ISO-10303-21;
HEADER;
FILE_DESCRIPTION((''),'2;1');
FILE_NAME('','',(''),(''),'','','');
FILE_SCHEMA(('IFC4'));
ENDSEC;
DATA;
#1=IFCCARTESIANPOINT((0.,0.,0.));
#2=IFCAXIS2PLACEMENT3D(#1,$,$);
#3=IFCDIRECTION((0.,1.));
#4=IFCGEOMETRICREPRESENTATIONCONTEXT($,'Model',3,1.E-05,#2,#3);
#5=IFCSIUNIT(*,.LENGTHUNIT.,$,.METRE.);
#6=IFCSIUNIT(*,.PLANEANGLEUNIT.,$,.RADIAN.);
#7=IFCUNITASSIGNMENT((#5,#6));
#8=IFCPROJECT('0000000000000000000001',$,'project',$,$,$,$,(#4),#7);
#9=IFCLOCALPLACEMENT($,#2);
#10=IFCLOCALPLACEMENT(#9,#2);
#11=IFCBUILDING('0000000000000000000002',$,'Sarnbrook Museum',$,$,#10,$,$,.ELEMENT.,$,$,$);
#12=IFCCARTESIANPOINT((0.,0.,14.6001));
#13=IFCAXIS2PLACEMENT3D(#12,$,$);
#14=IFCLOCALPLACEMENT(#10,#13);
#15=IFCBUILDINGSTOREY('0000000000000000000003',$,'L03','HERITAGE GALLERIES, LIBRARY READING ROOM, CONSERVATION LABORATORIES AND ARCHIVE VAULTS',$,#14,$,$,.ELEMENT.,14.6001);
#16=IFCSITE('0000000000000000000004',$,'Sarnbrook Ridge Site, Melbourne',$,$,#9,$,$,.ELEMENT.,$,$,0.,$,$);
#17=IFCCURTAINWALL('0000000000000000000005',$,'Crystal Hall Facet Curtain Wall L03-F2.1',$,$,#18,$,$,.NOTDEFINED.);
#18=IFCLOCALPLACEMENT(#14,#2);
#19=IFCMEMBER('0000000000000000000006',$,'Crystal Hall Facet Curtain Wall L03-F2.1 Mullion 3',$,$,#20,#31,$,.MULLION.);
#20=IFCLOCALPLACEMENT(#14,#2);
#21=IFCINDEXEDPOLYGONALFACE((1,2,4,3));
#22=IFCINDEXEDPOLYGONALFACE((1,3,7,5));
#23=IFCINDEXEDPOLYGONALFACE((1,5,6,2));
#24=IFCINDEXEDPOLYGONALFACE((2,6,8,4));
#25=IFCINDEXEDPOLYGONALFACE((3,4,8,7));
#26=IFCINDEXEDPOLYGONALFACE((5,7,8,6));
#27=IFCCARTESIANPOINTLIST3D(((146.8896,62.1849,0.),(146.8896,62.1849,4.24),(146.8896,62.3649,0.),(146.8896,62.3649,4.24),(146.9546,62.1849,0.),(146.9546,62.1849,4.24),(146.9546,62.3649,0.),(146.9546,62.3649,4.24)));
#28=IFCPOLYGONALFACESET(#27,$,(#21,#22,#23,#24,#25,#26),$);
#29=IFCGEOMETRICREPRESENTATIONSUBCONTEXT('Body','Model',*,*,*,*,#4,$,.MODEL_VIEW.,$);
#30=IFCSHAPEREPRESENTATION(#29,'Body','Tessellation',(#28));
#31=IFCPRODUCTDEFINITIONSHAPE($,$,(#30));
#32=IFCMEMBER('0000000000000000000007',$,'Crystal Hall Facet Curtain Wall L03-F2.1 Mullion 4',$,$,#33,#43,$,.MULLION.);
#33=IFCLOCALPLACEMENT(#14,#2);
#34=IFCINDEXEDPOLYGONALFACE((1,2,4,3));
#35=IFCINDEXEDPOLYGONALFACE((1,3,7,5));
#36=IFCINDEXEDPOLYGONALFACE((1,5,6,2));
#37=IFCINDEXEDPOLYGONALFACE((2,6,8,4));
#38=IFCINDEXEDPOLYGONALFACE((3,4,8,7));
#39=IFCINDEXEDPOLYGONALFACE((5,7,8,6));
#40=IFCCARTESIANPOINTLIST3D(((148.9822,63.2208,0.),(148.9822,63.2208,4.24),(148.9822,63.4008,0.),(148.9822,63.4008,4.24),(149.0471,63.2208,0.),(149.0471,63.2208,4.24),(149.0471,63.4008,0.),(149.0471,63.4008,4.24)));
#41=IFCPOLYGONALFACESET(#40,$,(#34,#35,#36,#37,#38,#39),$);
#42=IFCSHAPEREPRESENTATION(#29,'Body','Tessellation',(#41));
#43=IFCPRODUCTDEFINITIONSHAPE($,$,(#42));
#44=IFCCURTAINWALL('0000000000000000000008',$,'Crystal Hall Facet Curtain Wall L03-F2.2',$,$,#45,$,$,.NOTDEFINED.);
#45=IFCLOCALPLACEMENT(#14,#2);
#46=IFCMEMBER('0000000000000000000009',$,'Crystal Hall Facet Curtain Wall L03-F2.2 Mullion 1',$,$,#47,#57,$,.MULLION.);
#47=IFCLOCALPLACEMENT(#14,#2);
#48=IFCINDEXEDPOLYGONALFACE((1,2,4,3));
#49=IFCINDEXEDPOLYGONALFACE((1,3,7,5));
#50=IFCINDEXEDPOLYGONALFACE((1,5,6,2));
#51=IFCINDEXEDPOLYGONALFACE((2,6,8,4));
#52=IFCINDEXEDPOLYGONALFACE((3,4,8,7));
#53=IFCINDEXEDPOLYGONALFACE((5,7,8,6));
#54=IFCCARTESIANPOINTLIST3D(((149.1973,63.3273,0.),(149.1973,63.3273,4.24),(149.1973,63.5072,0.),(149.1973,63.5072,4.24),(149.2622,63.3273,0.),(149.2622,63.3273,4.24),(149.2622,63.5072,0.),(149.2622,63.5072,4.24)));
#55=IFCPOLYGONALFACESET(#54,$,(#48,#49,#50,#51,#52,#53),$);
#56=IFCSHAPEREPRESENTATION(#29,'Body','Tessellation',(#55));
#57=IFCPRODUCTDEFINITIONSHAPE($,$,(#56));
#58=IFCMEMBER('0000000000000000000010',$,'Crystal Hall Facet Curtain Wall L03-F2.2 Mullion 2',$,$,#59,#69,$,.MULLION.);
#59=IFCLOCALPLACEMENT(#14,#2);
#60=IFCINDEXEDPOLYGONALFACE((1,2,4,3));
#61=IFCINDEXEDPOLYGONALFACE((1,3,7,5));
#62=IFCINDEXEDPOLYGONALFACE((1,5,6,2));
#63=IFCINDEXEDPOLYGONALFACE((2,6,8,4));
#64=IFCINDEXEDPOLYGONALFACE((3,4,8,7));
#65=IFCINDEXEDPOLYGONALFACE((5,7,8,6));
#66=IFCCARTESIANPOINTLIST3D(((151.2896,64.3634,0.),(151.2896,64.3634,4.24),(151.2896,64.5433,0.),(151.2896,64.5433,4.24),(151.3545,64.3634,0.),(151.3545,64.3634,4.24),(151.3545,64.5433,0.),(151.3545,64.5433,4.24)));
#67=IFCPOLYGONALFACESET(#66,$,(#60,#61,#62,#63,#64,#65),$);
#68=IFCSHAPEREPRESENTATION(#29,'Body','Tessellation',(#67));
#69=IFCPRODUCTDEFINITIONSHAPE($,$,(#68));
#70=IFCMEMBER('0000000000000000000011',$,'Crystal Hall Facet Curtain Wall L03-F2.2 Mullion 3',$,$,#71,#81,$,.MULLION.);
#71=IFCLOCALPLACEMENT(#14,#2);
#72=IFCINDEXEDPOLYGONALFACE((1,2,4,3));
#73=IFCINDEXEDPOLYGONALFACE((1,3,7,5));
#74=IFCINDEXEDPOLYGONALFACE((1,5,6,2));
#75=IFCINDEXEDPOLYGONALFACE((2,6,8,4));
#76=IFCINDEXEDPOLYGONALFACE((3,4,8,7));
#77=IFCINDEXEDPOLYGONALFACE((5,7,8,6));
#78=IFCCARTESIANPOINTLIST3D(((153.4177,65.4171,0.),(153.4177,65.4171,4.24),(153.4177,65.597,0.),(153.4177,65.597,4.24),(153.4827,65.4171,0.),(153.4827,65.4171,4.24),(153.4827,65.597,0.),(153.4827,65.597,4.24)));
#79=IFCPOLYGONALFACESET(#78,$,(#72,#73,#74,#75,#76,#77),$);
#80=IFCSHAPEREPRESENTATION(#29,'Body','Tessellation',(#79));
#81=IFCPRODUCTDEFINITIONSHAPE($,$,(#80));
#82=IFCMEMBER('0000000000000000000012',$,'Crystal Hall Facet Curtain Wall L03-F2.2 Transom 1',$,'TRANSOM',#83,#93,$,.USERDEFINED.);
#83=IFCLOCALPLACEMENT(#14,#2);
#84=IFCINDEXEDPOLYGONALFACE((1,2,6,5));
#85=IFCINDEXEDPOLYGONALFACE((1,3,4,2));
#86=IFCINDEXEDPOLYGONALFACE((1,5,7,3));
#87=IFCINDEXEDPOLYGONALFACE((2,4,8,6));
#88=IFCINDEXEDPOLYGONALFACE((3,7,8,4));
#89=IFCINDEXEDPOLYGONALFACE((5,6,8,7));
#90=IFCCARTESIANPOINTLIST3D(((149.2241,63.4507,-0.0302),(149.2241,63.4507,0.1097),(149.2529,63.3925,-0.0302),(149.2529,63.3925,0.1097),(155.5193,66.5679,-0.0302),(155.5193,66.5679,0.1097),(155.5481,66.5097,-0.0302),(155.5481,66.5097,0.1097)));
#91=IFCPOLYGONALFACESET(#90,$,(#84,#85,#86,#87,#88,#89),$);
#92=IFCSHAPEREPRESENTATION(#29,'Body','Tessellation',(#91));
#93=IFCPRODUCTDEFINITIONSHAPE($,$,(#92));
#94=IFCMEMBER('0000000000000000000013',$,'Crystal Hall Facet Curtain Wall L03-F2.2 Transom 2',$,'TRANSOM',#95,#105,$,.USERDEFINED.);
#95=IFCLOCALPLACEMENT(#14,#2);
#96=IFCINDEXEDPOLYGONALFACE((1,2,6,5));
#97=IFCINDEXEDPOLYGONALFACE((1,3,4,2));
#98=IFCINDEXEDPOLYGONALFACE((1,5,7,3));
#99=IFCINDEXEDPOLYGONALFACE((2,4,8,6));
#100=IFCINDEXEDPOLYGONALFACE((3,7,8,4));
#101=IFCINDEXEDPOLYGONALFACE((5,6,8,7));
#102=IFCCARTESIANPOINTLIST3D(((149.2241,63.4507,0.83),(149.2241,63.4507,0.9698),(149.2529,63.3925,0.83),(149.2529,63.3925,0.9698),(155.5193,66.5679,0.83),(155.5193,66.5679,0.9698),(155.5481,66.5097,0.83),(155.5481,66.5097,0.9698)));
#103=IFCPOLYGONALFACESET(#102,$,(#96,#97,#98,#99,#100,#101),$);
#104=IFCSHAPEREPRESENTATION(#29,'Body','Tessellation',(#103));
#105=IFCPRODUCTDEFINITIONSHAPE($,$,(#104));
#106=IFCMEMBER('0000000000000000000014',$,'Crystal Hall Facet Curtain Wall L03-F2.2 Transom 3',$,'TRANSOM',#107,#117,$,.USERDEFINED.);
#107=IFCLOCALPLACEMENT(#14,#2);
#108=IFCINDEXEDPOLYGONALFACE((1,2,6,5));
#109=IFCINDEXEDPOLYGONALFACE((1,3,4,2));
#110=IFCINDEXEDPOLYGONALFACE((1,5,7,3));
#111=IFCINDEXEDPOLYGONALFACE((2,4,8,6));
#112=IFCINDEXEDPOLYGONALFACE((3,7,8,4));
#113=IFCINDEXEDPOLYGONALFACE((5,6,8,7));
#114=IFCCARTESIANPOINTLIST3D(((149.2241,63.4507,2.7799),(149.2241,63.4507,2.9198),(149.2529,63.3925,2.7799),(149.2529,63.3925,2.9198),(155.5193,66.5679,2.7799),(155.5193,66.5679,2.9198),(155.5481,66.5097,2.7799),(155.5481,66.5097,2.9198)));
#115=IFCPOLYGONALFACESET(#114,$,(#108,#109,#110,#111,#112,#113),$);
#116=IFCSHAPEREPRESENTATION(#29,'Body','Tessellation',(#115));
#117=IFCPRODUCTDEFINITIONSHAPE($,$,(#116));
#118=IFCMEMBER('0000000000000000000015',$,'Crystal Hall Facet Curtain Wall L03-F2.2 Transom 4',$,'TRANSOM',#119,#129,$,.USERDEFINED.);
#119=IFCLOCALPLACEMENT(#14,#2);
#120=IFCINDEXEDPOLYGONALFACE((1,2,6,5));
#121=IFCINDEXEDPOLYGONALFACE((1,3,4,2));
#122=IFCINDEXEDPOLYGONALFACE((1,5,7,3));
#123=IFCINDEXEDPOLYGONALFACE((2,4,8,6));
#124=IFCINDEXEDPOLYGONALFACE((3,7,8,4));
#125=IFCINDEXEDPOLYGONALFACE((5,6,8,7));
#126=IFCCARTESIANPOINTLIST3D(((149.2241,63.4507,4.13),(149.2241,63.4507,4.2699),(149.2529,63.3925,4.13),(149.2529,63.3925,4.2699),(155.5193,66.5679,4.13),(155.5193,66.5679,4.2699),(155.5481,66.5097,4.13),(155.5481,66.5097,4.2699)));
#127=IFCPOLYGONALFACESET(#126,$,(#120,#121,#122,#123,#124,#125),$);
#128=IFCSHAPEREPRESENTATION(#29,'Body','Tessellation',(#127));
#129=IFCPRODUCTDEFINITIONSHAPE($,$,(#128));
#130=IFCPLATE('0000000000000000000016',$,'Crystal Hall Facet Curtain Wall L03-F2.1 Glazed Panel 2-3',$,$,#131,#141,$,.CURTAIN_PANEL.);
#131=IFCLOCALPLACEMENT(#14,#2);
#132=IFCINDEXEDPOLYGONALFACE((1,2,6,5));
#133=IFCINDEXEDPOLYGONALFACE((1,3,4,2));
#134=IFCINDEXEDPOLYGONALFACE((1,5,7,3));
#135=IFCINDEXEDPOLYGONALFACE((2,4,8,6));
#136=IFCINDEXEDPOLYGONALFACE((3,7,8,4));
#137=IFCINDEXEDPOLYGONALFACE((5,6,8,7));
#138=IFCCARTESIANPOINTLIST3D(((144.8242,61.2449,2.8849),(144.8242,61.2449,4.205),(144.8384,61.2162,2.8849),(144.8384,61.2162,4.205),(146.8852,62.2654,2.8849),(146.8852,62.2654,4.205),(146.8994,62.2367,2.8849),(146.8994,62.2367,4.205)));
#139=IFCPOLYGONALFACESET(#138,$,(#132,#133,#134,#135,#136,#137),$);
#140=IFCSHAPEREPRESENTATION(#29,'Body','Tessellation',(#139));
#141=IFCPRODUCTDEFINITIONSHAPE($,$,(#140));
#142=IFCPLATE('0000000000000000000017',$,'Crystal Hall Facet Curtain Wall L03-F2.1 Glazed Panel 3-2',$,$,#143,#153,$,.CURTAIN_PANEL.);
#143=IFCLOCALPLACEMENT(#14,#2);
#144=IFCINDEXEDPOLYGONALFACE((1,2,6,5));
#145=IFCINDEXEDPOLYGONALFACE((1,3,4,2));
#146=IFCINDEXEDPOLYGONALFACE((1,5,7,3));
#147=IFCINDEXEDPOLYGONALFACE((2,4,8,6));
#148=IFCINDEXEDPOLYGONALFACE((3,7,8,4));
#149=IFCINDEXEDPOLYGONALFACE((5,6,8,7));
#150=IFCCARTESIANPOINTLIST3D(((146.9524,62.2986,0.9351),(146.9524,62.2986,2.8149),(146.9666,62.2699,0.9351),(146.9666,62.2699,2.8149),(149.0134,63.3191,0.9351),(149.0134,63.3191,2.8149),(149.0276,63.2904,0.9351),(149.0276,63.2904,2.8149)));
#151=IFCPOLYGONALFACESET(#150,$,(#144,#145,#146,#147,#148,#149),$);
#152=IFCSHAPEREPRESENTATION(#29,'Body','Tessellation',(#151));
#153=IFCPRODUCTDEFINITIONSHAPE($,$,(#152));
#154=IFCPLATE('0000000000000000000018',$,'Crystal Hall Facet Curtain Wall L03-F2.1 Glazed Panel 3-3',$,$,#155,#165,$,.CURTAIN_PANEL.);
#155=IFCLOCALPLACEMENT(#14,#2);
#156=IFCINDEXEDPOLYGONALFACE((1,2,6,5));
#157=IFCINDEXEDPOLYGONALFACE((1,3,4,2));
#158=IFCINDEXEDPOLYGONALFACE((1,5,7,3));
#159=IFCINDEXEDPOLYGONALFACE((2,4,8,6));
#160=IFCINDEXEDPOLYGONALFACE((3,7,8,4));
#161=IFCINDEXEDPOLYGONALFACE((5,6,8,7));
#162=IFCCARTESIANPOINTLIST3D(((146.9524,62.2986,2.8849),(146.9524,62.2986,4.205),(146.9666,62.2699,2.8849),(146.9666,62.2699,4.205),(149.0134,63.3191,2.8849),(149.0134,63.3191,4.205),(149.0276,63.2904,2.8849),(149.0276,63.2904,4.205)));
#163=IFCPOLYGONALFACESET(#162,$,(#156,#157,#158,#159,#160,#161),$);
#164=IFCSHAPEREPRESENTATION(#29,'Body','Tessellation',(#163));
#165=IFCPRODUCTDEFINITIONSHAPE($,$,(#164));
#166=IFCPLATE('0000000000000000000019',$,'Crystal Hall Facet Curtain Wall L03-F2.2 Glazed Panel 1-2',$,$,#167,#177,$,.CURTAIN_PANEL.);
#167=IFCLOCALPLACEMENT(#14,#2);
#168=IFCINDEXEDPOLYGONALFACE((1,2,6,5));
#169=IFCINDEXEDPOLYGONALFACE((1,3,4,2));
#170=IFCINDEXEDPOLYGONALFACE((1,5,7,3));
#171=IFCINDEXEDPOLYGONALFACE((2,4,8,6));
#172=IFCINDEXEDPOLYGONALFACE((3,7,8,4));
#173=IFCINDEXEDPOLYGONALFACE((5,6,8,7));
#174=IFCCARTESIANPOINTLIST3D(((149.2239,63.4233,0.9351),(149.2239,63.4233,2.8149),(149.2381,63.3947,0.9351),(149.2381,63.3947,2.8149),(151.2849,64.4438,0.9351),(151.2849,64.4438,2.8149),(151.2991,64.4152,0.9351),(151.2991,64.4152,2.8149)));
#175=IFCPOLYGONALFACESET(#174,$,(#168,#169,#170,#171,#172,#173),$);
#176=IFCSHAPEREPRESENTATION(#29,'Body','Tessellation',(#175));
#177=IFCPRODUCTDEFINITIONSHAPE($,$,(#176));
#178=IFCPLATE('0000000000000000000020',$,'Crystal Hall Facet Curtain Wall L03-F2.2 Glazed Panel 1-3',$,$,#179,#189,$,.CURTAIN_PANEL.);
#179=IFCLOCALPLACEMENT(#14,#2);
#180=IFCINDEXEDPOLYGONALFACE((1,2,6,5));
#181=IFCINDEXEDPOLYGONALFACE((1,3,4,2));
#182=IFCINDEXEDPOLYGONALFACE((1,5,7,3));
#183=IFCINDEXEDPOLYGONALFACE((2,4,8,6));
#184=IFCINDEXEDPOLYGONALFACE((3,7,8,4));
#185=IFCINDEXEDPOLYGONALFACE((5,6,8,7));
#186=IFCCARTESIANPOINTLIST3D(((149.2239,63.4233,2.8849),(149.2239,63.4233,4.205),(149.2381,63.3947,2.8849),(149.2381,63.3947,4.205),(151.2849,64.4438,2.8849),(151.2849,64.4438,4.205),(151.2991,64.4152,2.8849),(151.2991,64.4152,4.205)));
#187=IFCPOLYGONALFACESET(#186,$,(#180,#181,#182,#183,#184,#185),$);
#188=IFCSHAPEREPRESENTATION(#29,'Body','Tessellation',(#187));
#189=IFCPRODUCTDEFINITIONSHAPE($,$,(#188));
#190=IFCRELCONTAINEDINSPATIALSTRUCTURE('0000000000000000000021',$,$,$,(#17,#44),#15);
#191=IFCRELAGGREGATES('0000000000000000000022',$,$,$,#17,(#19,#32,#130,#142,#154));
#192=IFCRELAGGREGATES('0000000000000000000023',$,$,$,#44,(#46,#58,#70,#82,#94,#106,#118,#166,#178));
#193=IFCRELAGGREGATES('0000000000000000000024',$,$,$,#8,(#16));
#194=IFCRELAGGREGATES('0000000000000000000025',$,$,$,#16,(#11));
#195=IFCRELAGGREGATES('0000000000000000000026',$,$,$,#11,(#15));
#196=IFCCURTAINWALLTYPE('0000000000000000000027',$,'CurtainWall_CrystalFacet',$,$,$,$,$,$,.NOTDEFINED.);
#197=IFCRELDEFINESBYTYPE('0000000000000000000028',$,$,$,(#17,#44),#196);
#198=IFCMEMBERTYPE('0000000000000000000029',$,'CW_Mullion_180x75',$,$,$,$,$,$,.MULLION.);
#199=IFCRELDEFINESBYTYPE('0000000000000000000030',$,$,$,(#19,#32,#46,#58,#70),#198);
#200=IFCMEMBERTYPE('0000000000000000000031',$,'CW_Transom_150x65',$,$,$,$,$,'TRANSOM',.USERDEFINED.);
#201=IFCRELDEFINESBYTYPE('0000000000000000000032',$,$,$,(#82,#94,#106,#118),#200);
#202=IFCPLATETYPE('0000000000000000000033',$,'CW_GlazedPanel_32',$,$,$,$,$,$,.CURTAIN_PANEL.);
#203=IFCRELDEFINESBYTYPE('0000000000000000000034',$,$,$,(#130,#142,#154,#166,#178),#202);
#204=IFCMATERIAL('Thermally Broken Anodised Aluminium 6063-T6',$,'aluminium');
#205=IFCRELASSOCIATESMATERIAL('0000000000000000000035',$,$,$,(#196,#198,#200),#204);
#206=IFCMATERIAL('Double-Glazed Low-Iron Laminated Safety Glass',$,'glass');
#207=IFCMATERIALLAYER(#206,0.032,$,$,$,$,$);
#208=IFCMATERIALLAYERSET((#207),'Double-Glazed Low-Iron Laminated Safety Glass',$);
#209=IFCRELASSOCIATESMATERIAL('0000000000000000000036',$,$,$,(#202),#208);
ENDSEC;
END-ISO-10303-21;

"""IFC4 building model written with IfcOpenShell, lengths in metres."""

from ifc_helpers import new_model, si_unit, direction, frame, origin, origin_2d, place, context, subcontext, project, spatial, rectangle, extrude, material, layer, layer_set, material_profile, profile_set, type_object, element, aggregate, save


model = new_model("IFC4")

# Units and contexts
model_context = context("Model", 3, precision=1e-05, world=origin(), true_north=direction((0.0, 1.0)))
body_context = subcontext(model_context, "Body", "Model", "MODEL_VIEW")
ifc_project = project(units=[si_unit("LENGTHUNIT", "METRE"), si_unit("PLANEANGLEUNIT", "RADIAN")], contexts=[model_context])

# Site, building, storey
site_placement = place(None, origin())
site = spatial("IfcSite", under=ifc_project, at=site_placement, Name="Sarnbrook Ridge Site, Melbourne", CompositionType="ELEMENT", RefElevation=0.0)
building_placement = place(site_placement, origin())
building = spatial("IfcBuilding", under=site, at=building_placement, Name="Sarnbrook Museum", CompositionType="ELEMENT")
storey_placement = place(building_placement, frame((0.0, 0.0, 14.6001)))
storey = spatial("IfcBuildingStorey", under=building, at=storey_placement, Name="L03", Description="HERITAGE GALLERIES, LIBRARY READING ROOM, CONSERVATION LABORATORIES AND ARCHIVE VAULTS", CompositionType="ELEMENT", Elevation=14.6001)

# Curtain walls, members
ifc_material_1 = material(Name="Thermally Broken Anodised Aluminium 6063-T6", Category="aluminium")
curtain_wall_type = type_object("IfcCurtainWallType", Name="CurtainWall_CrystalFacet", PredefinedType="NOTDEFINED", material=ifc_material_1)
curtain_wall_1_placement = place(storey_placement, origin())
curtain_wall_1 = element("IfcCurtainWall", 1, at=curtain_wall_1_placement, inside=storey, type_object=curtain_wall_type, Name="Crystal Hall Facet Curtain Wall L03-F2.1", PredefinedType="NOTDEFINED")
ifc_material_profile_1 = material_profile(ifc_material_1, rectangle(XDim=0.0649, YDim=0.1799, at=origin_2d()), Name="ALU MULLION 65x180")
ifc_profile_set_1 = profile_set([ifc_material_profile_1], Name="Thermally Broken Anodised Aluminium 6063-T6")
member_type_1 = type_object("IfcMemberType", Name="CW_Mullion_180x75", PredefinedType="MULLION", material=ifc_profile_set_1)
member_1_placement = place(storey_placement, frame((146.9221, 62.2749, 0.0), z_axis=(0.0, 0.0, 1.0), x_axis=(1.0, 0.0, 0.0)))
member_1 = element("IfcMember", 2, at=member_1_placement, type_object=member_type_1, Name="Crystal Hall Facet Curtain Wall L03-F2.1 Mullion 3", PredefinedType="MULLION", context=body_context, shape_type="SweptSolid", body=[
    extrude(rectangle(XDim=0.0649, YDim=0.1799, at=origin_2d()), origin(), (0.0, 0.0, 1.0), 4.24),
])
member_2_placement = place(storey_placement, frame((149.0146, 63.3108, 0.0), z_axis=(0.0, 0.0, 1.0), x_axis=(1.0, 0.0, 0.0)))
member_2 = element("IfcMember", 3, at=member_2_placement, type_object=member_type_1, Name="Crystal Hall Facet Curtain Wall L03-F2.1 Mullion 4", PredefinedType="MULLION", context=body_context, shape_type="SweptSolid", body=[
    extrude(rectangle(XDim=0.0649, YDim=0.1799, at=origin_2d()), origin(), (0.0, 0.0, 1.0), 4.24),
])
curtain_wall_2_placement = place(storey_placement, origin())
curtain_wall_2 = element("IfcCurtainWall", 4, at=curtain_wall_2_placement, inside=storey, type_object=curtain_wall_type, Name="Crystal Hall Facet Curtain Wall L03-F2.2", PredefinedType="NOTDEFINED")
member_3_placement = place(storey_placement, frame((149.2297, 63.4172, 0.0), z_axis=(0.0, 0.0, 1.0), x_axis=(1.0, 0.0, 0.0)))
member_3 = element("IfcMember", 5, at=member_3_placement, type_object=member_type_1, Name="Crystal Hall Facet Curtain Wall L03-F2.2 Mullion 1", PredefinedType="MULLION", context=body_context, shape_type="SweptSolid", body=[
    extrude(rectangle(XDim=0.0649, YDim=0.1799, at=origin_2d()), origin(), (0.0, 0.0, 1.0), 4.24),
])
member_4_placement = place(storey_placement, frame((151.322, 64.4534, 0.0), z_axis=(0.0, 0.0, 1.0), x_axis=(1.0, 0.0, 0.0)))
member_4 = element("IfcMember", 6, at=member_4_placement, type_object=member_type_1, Name="Crystal Hall Facet Curtain Wall L03-F2.2 Mullion 2", PredefinedType="MULLION", context=body_context, shape_type="SweptSolid", body=[
    extrude(rectangle(XDim=0.0649, YDim=0.1799, at=origin_2d()), origin(), (0.0, 0.0, 1.0), 4.24),
])
member_5_placement = place(storey_placement, frame((153.4502, 65.5071, 0.0), z_axis=(0.0, 0.0, 1.0), x_axis=(1.0, 0.0, 0.0)))
member_5 = element("IfcMember", 7, at=member_5_placement, type_object=member_type_1, Name="Crystal Hall Facet Curtain Wall L03-F2.2 Mullion 3", PredefinedType="MULLION", context=body_context, shape_type="SweptSolid", body=[
    extrude(rectangle(XDim=0.0649, YDim=0.1799, at=origin_2d()), origin(), (0.0, 0.0, 1.0), 4.24),
])
ifc_material_profile_2 = material_profile(ifc_material_1, rectangle(XDim=0.0649, YDim=0.1399, at=origin_2d()), Name="ALU TRANSOM 65x140")
ifc_profile_set_2 = profile_set([ifc_material_profile_2], Name="Thermally Broken Anodised Aluminium 6063-T6")
member_type_2 = type_object("IfcMemberType", Name="CW_Transom_150x65", ElementType="TRANSOM", PredefinedType="USERDEFINED", material=ifc_profile_set_2)
member_6_placement = place(storey_placement, frame((149.2385, 63.4216, 0.0398), z_axis=(0.896151, 0.443749, 0.0), x_axis=(-0.443749, 0.896151, 0.0)))
member_6 = element("IfcMember", 8, at=member_6_placement, type_object=member_type_2, Name="Crystal Hall Facet Curtain Wall L03-F2.2 Transom 1", ObjectType="TRANSOM", PredefinedType="USERDEFINED", context=body_context, shape_type="SweptSolid", body=[
    extrude(rectangle(XDim=0.0649, YDim=0.1399, at=origin_2d()), origin(), (0.0, 0.0, 1.0), 7.0247),
])
member_7_placement = place(storey_placement, frame((149.2385, 63.4216, 0.8999), z_axis=(0.896151, 0.443749, 0.0), x_axis=(-0.443749, 0.896151, 0.0)))
member_7 = element("IfcMember", 9, at=member_7_placement, type_object=member_type_2, Name="Crystal Hall Facet Curtain Wall L03-F2.2 Transom 2", ObjectType="TRANSOM", PredefinedType="USERDEFINED", context=body_context, shape_type="SweptSolid", body=[
    extrude(rectangle(XDim=0.0649, YDim=0.1399, at=origin_2d()), origin(), (0.0, 0.0, 1.0), 7.0247),
])
member_8_placement = place(storey_placement, frame((149.2385, 63.4216, 2.8499), z_axis=(0.896151, 0.443749, 0.0), x_axis=(-0.443749, 0.896151, 0.0)))
member_8 = element("IfcMember", 10, at=member_8_placement, type_object=member_type_2, Name="Crystal Hall Facet Curtain Wall L03-F2.2 Transom 3", ObjectType="TRANSOM", PredefinedType="USERDEFINED", context=body_context, shape_type="SweptSolid", body=[
    extrude(rectangle(XDim=0.0649, YDim=0.1399, at=origin_2d()), origin(), (0.0, 0.0, 1.0), 7.0247),
])
member_9_placement = place(storey_placement, frame((149.2385, 63.4216, 4.2), z_axis=(0.896151, 0.443749, 0.0), x_axis=(-0.443749, 0.896151, 0.0)))
member_9 = element("IfcMember", 11, at=member_9_placement, type_object=member_type_2, Name="Crystal Hall Facet Curtain Wall L03-F2.2 Transom 4", ObjectType="TRANSOM", PredefinedType="USERDEFINED", context=body_context, shape_type="SweptSolid", body=[
    extrude(rectangle(XDim=0.0649, YDim=0.1399, at=origin_2d()), origin(), (0.0, 0.0, 1.0), 7.0247),
])

# Plates
ifc_material_2 = material(Name="Double-Glazed Low-Iron Laminated Safety Glass", Category="glass")
ifc_layer_1 = layer(ifc_material_2, 0.032)
ifc_layer_set_1 = layer_set([ifc_layer_1], Name="Double-Glazed Low-Iron Laminated Safety Glass")
plate_type_1 = type_object("IfcPlateType", Name="CW_GlazedPanel_32", PredefinedType="CURTAIN_PANEL", material=ifc_layer_set_1)
plate_1_placement = place(storey_placement, frame((145.8547, 61.7551, 3.5449), z_axis=(0.443731, -0.89616, 0.0), x_axis=(0.89616, 0.443731, 0.0)))
plate_1 = element("IfcPlate", 12, at=plate_1_placement, type_object=plate_type_1, Name="Crystal Hall Facet Curtain Wall L03-F2.1 Glazed Panel 2-3", PredefinedType="CURTAIN_PANEL", context=body_context, shape_type="SweptSolid", body=[
    extrude(rectangle(XDim=2.2998, YDim=1.3201, at=origin_2d()), origin(), (0.0, 0.0, 1.0), 0.032),
])
plate_2_placement = place(storey_placement, frame((147.9829, 62.8088, 1.875), z_axis=(0.443731, -0.89616, 0.0), x_axis=(0.89616, 0.443731, 0.0)))
plate_2 = element("IfcPlate", 13, at=plate_2_placement, type_object=plate_type_1, Name="Crystal Hall Facet Curtain Wall L03-F2.1 Glazed Panel 3-2", PredefinedType="CURTAIN_PANEL", context=body_context, shape_type="SweptSolid", body=[
    extrude(rectangle(XDim=2.2998, YDim=1.8799, at=origin_2d()), origin(), (0.0, 0.0, 1.0), 0.032),
])
plate_3_placement = place(storey_placement, frame((147.9829, 62.8088, 3.5449), z_axis=(0.443731, -0.89616, 0.0), x_axis=(0.89616, 0.443731, 0.0)))
plate_3 = element("IfcPlate", 14, at=plate_3_placement, type_object=plate_type_1, Name="Crystal Hall Facet Curtain Wall L03-F2.1 Glazed Panel 3-3", PredefinedType="CURTAIN_PANEL", context=body_context, shape_type="SweptSolid", body=[
    extrude(rectangle(XDim=2.2998, YDim=1.3201, at=origin_2d()), origin(), (0.0, 0.0, 1.0), 0.032),
])
plate_4_placement = place(storey_placement, frame((150.2544, 63.9336, 1.875), z_axis=(0.443731, -0.89616, 0.0), x_axis=(0.89616, 0.443731, 0.0)))
plate_4 = element("IfcPlate", 15, at=plate_4_placement, type_object=plate_type_1, Name="Crystal Hall Facet Curtain Wall L03-F2.2 Glazed Panel 1-2", PredefinedType="CURTAIN_PANEL", context=body_context, shape_type="SweptSolid", body=[
    extrude(rectangle(XDim=2.2998, YDim=1.8799, at=origin_2d()), origin(), (0.0, 0.0, 1.0), 0.032),
])
plate_5_placement = place(storey_placement, frame((150.2544, 63.9336, 3.5449), z_axis=(0.443731, -0.89616, 0.0), x_axis=(0.89616, 0.443731, 0.0)))
plate_5 = element("IfcPlate", 16, at=plate_5_placement, type_object=plate_type_1, Name="Crystal Hall Facet Curtain Wall L03-F2.2 Glazed Panel 1-3", PredefinedType="CURTAIN_PANEL", context=body_context, shape_type="SweptSolid", body=[
    extrude(rectangle(XDim=2.2998, YDim=1.3201, at=origin_2d()), origin(), (0.0, 0.0, 1.0), 0.032),
])
aggregate(curtain_wall_1, [member_1, member_2, plate_1, plate_2, plate_3])
aggregate(curtain_wall_2, [member_3, member_4, member_5, member_6, member_7, member_8, member_9, plate_4, plate_5])

save(model, "model.ifc")
